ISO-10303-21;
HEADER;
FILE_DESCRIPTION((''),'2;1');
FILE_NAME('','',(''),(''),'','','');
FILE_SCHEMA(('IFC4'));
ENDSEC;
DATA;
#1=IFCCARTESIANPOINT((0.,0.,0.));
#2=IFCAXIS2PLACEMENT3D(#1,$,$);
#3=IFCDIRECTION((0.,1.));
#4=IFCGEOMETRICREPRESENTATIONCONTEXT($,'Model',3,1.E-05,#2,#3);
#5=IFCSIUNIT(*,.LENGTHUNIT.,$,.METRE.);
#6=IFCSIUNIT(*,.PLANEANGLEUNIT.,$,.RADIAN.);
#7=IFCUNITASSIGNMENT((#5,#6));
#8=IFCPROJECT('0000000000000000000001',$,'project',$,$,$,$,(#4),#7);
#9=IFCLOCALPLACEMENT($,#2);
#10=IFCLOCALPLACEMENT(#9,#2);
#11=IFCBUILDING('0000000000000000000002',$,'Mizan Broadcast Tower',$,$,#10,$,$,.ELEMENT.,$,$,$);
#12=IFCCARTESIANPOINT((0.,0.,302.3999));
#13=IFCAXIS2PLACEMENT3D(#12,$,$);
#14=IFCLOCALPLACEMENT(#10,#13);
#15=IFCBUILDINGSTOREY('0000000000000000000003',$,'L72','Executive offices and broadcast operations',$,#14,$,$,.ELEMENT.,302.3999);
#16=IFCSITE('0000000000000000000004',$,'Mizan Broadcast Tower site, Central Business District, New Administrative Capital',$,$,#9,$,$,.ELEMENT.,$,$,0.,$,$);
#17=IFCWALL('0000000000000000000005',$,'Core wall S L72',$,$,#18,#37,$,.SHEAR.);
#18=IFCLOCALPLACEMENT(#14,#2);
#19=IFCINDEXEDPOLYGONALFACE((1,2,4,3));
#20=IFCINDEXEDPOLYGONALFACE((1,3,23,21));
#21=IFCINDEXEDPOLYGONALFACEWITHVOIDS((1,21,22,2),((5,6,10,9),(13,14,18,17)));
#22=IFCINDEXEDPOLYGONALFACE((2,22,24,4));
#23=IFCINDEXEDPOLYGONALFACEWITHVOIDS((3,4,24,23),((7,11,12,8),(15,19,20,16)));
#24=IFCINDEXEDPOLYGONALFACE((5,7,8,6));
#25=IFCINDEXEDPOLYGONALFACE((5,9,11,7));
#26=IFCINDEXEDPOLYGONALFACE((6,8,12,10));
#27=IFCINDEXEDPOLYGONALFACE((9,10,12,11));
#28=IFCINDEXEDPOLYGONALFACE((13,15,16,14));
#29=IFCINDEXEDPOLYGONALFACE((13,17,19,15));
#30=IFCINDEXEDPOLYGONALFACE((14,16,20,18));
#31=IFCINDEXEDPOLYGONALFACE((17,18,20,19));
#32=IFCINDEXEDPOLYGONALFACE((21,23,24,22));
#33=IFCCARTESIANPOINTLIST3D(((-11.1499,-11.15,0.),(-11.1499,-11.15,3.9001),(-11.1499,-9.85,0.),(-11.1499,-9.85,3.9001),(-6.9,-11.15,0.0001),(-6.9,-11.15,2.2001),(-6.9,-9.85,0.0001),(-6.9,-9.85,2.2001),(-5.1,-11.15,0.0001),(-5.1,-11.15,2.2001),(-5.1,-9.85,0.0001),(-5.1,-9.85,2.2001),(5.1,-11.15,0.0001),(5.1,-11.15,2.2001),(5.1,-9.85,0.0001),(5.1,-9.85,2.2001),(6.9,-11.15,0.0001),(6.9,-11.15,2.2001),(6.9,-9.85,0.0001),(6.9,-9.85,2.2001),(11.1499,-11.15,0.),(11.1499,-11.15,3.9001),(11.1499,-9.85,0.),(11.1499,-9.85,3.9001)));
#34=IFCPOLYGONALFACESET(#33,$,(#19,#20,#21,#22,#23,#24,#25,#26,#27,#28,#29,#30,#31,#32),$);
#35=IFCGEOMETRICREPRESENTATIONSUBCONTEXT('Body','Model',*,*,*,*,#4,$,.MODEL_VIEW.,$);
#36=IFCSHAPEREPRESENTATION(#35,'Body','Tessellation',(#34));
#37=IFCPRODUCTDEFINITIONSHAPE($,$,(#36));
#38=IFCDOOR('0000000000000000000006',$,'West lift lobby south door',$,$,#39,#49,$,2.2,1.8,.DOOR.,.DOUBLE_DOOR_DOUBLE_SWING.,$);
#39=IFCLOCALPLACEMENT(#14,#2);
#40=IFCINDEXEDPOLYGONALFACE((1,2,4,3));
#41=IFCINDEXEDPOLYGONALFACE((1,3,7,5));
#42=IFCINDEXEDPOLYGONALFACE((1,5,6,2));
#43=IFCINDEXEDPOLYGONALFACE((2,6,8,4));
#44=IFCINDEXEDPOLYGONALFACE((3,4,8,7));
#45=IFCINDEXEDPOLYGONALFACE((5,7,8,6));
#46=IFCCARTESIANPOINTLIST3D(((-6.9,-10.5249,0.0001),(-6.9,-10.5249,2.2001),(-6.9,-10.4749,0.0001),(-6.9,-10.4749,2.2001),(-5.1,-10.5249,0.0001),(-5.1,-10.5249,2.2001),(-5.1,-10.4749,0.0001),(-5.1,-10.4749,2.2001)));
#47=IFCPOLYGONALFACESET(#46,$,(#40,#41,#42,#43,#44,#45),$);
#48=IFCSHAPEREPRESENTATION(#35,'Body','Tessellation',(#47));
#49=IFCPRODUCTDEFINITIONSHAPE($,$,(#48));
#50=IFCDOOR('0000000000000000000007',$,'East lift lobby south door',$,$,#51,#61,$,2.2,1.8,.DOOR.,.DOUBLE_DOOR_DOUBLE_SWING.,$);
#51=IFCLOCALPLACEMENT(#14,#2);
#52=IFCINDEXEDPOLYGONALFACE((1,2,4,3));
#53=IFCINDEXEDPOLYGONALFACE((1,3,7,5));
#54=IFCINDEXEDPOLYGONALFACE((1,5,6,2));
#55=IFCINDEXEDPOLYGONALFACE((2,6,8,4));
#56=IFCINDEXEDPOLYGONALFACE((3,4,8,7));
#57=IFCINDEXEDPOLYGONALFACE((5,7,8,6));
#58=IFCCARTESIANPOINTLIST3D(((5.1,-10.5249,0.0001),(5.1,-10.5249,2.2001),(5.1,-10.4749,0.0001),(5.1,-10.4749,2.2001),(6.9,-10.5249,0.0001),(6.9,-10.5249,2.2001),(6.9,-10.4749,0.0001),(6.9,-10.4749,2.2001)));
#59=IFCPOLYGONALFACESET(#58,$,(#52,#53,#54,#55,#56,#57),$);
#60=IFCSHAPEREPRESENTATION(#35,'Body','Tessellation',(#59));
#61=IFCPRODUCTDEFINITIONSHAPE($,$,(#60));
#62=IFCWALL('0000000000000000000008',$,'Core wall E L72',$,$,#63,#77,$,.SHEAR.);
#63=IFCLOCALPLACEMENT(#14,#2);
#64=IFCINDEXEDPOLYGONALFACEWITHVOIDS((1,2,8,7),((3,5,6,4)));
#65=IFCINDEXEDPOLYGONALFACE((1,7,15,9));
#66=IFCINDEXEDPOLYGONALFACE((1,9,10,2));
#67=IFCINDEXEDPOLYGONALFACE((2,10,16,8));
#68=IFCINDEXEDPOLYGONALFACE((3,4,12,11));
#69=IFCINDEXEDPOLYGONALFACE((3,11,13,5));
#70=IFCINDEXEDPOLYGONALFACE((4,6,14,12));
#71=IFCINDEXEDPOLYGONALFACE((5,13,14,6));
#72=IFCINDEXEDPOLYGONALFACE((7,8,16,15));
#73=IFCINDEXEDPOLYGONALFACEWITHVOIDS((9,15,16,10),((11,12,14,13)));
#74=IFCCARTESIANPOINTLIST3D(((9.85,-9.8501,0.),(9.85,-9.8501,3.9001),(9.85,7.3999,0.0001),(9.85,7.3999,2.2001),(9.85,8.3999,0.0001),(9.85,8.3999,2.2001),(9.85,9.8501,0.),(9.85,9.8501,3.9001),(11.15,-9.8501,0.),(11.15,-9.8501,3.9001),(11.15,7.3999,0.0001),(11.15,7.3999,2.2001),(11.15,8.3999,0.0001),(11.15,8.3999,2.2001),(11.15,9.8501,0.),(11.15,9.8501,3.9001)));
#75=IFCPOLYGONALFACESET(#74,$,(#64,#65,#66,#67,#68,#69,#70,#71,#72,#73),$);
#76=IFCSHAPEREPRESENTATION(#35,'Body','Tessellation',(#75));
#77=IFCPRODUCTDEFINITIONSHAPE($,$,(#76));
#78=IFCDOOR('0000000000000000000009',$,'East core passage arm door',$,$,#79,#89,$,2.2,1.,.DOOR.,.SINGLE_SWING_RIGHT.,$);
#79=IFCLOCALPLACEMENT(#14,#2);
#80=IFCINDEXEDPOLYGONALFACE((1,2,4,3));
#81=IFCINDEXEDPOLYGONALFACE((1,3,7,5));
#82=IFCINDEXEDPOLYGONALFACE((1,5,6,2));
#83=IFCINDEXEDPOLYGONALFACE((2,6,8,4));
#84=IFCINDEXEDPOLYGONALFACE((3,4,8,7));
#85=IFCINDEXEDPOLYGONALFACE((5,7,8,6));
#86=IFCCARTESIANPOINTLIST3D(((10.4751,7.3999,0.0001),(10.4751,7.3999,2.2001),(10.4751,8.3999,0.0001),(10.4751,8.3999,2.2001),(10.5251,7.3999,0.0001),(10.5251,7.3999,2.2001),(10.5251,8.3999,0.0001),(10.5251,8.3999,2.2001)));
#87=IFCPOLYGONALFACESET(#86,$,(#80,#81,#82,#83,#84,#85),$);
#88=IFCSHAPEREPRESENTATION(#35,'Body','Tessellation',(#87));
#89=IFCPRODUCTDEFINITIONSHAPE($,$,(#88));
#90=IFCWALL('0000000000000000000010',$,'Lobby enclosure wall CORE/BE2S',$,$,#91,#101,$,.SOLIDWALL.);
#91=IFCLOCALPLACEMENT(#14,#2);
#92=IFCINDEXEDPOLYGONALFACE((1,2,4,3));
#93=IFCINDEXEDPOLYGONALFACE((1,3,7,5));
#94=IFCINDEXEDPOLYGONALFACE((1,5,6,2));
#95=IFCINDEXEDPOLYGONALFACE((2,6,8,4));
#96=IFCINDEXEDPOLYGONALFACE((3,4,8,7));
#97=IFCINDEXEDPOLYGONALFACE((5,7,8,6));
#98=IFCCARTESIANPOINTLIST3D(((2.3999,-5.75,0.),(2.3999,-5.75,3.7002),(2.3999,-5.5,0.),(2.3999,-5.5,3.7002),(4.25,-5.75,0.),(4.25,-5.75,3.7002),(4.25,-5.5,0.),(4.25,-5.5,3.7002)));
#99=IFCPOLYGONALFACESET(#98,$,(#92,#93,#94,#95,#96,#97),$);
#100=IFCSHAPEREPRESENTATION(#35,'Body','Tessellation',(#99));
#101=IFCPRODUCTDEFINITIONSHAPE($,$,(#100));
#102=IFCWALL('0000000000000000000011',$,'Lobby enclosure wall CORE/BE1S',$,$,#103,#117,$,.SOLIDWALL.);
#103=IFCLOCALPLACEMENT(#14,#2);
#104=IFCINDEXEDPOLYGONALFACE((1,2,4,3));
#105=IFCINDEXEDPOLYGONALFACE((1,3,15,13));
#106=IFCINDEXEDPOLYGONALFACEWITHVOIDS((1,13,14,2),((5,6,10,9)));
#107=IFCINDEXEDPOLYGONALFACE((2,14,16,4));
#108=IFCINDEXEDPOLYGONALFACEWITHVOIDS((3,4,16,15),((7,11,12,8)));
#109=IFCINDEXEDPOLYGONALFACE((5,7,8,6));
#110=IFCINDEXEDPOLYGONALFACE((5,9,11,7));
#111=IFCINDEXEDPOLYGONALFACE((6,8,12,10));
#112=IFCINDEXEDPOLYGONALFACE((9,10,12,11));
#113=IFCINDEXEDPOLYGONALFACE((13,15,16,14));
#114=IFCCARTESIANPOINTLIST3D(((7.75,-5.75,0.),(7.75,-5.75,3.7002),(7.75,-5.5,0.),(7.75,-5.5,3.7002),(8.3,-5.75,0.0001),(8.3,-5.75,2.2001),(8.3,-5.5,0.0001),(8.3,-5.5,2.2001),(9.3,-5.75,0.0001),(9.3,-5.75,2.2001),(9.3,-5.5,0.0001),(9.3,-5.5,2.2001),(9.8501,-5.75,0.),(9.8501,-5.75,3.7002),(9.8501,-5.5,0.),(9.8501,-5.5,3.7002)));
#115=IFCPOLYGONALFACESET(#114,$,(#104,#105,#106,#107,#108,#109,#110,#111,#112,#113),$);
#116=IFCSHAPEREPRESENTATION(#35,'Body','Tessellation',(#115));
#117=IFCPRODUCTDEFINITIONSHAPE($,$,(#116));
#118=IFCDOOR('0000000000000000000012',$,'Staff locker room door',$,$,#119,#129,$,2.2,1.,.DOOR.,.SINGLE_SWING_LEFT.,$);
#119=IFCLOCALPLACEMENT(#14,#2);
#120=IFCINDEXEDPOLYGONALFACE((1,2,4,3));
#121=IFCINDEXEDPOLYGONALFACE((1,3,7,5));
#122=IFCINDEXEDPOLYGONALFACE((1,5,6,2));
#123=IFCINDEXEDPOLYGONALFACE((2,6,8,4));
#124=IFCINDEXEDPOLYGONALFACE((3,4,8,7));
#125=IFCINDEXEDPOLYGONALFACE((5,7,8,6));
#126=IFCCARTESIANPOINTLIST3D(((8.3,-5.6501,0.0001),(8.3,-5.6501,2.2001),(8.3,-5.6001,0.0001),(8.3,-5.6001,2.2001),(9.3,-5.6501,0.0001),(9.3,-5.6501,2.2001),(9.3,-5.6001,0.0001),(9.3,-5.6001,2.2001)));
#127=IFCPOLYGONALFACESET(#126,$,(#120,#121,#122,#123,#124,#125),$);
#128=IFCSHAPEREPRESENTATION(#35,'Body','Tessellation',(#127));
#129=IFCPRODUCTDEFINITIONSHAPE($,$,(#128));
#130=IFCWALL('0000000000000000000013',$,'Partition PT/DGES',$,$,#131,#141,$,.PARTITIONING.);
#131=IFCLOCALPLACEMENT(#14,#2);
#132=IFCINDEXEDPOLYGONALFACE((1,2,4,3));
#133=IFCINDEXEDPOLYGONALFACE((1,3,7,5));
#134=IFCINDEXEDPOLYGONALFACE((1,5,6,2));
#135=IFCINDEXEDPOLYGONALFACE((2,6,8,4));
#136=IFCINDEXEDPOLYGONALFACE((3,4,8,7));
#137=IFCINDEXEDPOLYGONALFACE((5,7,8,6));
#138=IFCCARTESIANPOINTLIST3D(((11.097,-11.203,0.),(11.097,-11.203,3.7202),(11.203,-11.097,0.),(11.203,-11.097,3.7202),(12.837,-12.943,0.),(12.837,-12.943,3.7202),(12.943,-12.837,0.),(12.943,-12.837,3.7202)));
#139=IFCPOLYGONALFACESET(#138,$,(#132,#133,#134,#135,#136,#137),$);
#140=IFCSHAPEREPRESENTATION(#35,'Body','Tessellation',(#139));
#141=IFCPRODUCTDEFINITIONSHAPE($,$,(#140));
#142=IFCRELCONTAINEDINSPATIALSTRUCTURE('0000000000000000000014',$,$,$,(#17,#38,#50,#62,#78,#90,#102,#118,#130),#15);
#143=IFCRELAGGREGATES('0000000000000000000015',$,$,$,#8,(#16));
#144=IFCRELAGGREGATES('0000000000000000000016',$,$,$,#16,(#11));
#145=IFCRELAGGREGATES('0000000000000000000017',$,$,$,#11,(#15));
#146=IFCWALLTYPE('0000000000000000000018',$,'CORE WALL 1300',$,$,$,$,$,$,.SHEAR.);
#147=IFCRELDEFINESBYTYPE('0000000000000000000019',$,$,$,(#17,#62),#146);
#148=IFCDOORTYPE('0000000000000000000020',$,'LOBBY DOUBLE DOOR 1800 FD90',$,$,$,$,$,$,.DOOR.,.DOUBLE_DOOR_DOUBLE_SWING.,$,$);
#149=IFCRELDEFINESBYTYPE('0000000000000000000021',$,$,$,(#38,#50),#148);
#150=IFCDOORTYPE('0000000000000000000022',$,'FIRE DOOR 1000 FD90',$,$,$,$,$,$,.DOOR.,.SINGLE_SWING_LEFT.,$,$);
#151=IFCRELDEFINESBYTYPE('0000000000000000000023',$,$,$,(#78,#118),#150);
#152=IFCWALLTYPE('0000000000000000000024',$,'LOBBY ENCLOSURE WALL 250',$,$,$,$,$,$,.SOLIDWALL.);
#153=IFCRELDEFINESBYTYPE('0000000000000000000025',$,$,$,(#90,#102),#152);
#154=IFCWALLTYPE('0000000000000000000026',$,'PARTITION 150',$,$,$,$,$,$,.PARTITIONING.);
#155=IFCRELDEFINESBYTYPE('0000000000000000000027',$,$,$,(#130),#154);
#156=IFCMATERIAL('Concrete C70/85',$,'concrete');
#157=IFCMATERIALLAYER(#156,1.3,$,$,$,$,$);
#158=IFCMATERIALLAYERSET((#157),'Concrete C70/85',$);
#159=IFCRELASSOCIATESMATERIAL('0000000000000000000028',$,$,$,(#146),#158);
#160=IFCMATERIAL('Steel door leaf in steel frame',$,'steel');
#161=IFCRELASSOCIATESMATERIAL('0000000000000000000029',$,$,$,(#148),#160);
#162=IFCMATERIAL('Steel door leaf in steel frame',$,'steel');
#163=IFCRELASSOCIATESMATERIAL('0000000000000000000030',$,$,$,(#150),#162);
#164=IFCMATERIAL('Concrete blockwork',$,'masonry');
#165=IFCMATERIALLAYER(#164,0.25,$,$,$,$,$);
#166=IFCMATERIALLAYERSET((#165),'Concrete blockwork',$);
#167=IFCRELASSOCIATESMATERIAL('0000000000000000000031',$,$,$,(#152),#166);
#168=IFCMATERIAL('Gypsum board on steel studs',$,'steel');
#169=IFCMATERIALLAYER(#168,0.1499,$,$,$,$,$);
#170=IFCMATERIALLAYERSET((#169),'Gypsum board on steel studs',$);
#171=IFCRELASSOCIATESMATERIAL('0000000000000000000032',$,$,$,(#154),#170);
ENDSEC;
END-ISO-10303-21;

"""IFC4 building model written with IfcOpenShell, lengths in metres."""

from ifc_helpers import new_model, si_unit, direction, frame, frame_2d, origin, place, context, subcontext, project, spatial, rectangle, extrude, material, layer, layer_set, type_object, element, fill, save


model = new_model("IFC4")

# Units and contexts
model_context = context("Model", 3, precision=1e-05, world=origin(), true_north=direction((0.0, 1.0)))
body_context = subcontext(model_context, "Body", "Model", "MODEL_VIEW")
ifc_project = project(units=[si_unit("LENGTHUNIT", "METRE"), si_unit("PLANEANGLEUNIT", "RADIAN")], contexts=[model_context])

# Site, building, storey
site_placement = place(None, origin())
site = spatial("IfcSite", under=ifc_project, at=site_placement, Name="Mizan Broadcast Tower site, Central Business District, New Administrative Capital", CompositionType="ELEMENT", RefElevation=0.0)
building_placement = place(site_placement, origin())
building = spatial("IfcBuilding", under=site, at=building_placement, Name="Mizan Broadcast Tower", CompositionType="ELEMENT")
storey_placement = place(building_placement, frame((0.0, 0.0, 302.3999)))
storey = spatial("IfcBuildingStorey", under=building, at=storey_placement, Name="L72", Description="Executive offices and broadcast operations", CompositionType="ELEMENT", Elevation=302.3999)

# Wall, openings, doors
ifc_material_1 = material(Name="Concrete C70/85", Category="concrete")
ifc_layer_1 = layer(ifc_material_1, 1.3)
ifc_layer_set_1 = layer_set([ifc_layer_1], Name="Concrete C70/85")
wall_type_1 = type_object("IfcWallType", Name="CORE WALL 1300", PredefinedType="SHEAR", material=ifc_layer_set_1)
wall_1_placement = place(storey_placement, frame((11.1499, -10.5, 0.0), z_axis=(0.0, 0.0, 1.0), x_axis=(-1.0, 0.0, 0.0)))
wall_1 = element("IfcWall", 1, at=wall_1_placement, inside=storey, type_object=wall_type_1, Name="Core wall S L72", PredefinedType="SHEAR", context=body_context, shape_type="SweptSolid", body=[
    extrude(rectangle(XDim=22.2998, YDim=1.3, at=frame_2d((11.1499, 0.0))), origin(), (0.0, 0.0, 1.0), 3.9001),
])
opening_1_placement = place(wall_1_placement, frame((16.25, 0.0, 0.0)))
opening_1 = element("IfcOpeningElement", 2, at=opening_1_placement, cuts=wall_1, PredefinedType="OPENING", context=body_context, shape_type="SweptSolid", body=[
    extrude(rectangle(XDim=1.8, YDim=2.2, at=frame_2d((0.8999, 1.1001))), frame((0.0, 0.6599, 0.0), z_axis=(0.0, -1.0, 0.0), x_axis=(1.0, 0.0, 0.0)), (0.0, 0.0, 1.0), 1.3201),
])
opening_2_placement = place(wall_1_placement, frame((4.25, 0.0, 0.0)))
opening_2 = element("IfcOpeningElement", 3, at=opening_2_placement, cuts=wall_1, PredefinedType="OPENING", context=body_context, shape_type="SweptSolid", body=[
    extrude(rectangle(XDim=1.8, YDim=2.2, at=frame_2d((0.8999, 1.1001))), frame((0.0, 0.6599, 0.0), z_axis=(0.0, -1.0, 0.0), x_axis=(1.0, 0.0, 0.0)), (0.0, 0.0, 1.0), 1.3201),
])
ifc_material_2 = material(Name="Steel door leaf in steel frame", Category="steel")
door_type_1 = type_object("IfcDoorType", Name="LOBBY DOUBLE DOOR 1800 FD90", OperationType="DOUBLE_DOOR_DOUBLE_SWING", PredefinedType="DOOR", material=ifc_material_2)
door_1_placement = place(opening_1_placement, origin())
door_1 = element("IfcDoor", 4, at=door_1_placement, inside=storey, type_object=door_type_1, Name="West lift lobby south door", OperationType="DOUBLE_DOOR_DOUBLE_SWING", OverallHeight=2.2, OverallWidth=1.8, PredefinedType="DOOR", context=body_context, shape_type="SweptSolid", body=[
    extrude(rectangle(XDim=1.8, YDim=2.2, at=frame_2d((0.8999, 1.1001))), frame((0.0, 0.0249, 0.0), z_axis=(0.0, -1.0, 0.0), x_axis=(1.0, 0.0, 0.0)), (0.0, 0.0, 1.0), 0.05),
])
fill(opening_1, door_1)
door_2_placement = place(opening_2_placement, origin())
door_2 = element("IfcDoor", 5, at=door_2_placement, inside=storey, type_object=door_type_1, Name="East lift lobby south door", OperationType="DOUBLE_DOOR_DOUBLE_SWING", OverallHeight=2.2, OverallWidth=1.8, PredefinedType="DOOR", context=body_context, shape_type="SweptSolid", body=[
    extrude(rectangle(XDim=1.8, YDim=2.2, at=frame_2d((0.8999, 1.1001))), frame((0.0, 0.0249, 0.0), z_axis=(0.0, -1.0, 0.0), x_axis=(1.0, 0.0, 0.0)), (0.0, 0.0, 1.0), 0.05),
])
fill(opening_2, door_2)

# Wall, opening, door
wall_2_placement = place(storey_placement, frame((10.5, -9.8501, 0.0), z_axis=(0.0, 0.0, 1.0), x_axis=(0.0, 1.0, 0.0)))
wall_2 = element("IfcWall", 6, at=wall_2_placement, inside=storey, type_object=wall_type_1, Name="Core wall E L72", PredefinedType="SHEAR", context=body_context, shape_type="SweptSolid", body=[
    extrude(rectangle(XDim=19.7002, YDim=1.3, at=frame_2d((9.8501, 0.0))), origin(), (0.0, 0.0, 1.0), 3.9001),
])
opening_3_placement = place(wall_2_placement, frame((17.25, 0.0, 0.0)))
opening_3 = element("IfcOpeningElement", 7, at=opening_3_placement, cuts=wall_2, PredefinedType="OPENING", context=body_context, shape_type="SweptSolid", body=[
    extrude(rectangle(XDim=1.0, YDim=2.2, at=frame_2d((0.5, 1.1001))), frame((0.0, 0.6599, 0.0), z_axis=(0.0, -1.0, 0.0), x_axis=(1.0, 0.0, 0.0)), (0.0, 0.0, 1.0), 1.3201),
])
ifc_material_3 = material(Name="Steel door leaf in steel frame", Category="steel")
door_type_2 = type_object("IfcDoorType", Name="FIRE DOOR 1000 FD90", OperationType="SINGLE_SWING_LEFT", PredefinedType="DOOR", material=ifc_material_3)
door_3_placement = place(opening_3_placement, origin())
door_3 = element("IfcDoor", 8, at=door_3_placement, inside=storey, type_object=door_type_2, Name="East core passage arm door", OperationType="SINGLE_SWING_RIGHT", OverallHeight=2.2, OverallWidth=1.0, PredefinedType="DOOR", context=body_context, shape_type="SweptSolid", body=[
    extrude(rectangle(XDim=1.0, YDim=2.2, at=frame_2d((0.5, 1.1001))), frame((0.0, 0.0249, 0.0), z_axis=(0.0, -1.0, 0.0), x_axis=(1.0, 0.0, 0.0)), (0.0, 0.0, 1.0), 0.05),
])
fill(opening_3, door_3)

# Wall
ifc_material_4 = material(Name="Concrete blockwork", Category="masonry")
ifc_layer_2 = layer(ifc_material_4, 0.25)
ifc_layer_set_2 = layer_set([ifc_layer_2], Name="Concrete blockwork")
wall_type_2 = type_object("IfcWallType", Name="LOBBY ENCLOSURE WALL 250", PredefinedType="SOLIDWALL", material=ifc_layer_set_2)
wall_3_placement = place(storey_placement, frame((2.3999, -5.625, 0.0), z_axis=(0.0, 0.0, 1.0), x_axis=(1.0, 0.0, 0.0)))
element("IfcWall", 9, at=wall_3_placement, inside=storey, type_object=wall_type_2, Name="Lobby enclosure wall CORE/BE2S", PredefinedType="SOLIDWALL", context=body_context, shape_type="SweptSolid", body=[
    extrude(rectangle(XDim=1.8501, YDim=0.25, at=frame_2d((0.925, 0.0))), origin(), (0.0, 0.0, 1.0), 3.7002),
])

# Wall, opening, door
wall_4_placement = place(storey_placement, frame((7.75, -5.625, 0.0), z_axis=(0.0, 0.0, 1.0), x_axis=(1.0, 0.0, 0.0)))
wall_4 = element("IfcWall", 10, at=wall_4_placement, inside=storey, type_object=wall_type_2, Name="Lobby enclosure wall CORE/BE1S", PredefinedType="SOLIDWALL", context=body_context, shape_type="SweptSolid", body=[
    extrude(rectangle(XDim=2.1001, YDim=0.25, at=frame_2d((1.05, 0.0))), origin(), (0.0, 0.0, 1.0), 3.7002),
])
opening_4_placement = place(wall_4_placement, frame((0.55, 0.0, 0.0)))
opening_4 = element("IfcOpeningElement", 11, at=opening_4_placement, cuts=wall_4, PredefinedType="OPENING", context=body_context, shape_type="SweptSolid", body=[
    extrude(rectangle(XDim=1.0, YDim=2.2, at=frame_2d((0.5, 1.1001))), frame((0.0, 0.135, 0.0), z_axis=(0.0, -1.0, 0.0), x_axis=(1.0, 0.0, 0.0)), (0.0, 0.0, 1.0), 0.27),
])
door_4_placement = place(opening_4_placement, origin())
door_4 = element("IfcDoor", 12, at=door_4_placement, inside=storey, type_object=door_type_2, Name="Staff locker room door", OperationType="SINGLE_SWING_LEFT", OverallHeight=2.2, OverallWidth=1.0, PredefinedType="DOOR", context=body_context, shape_type="SweptSolid", body=[
    extrude(rectangle(XDim=1.0, YDim=2.2, at=frame_2d((0.5, 1.1001))), frame((0.0, 0.0249, 0.0), z_axis=(0.0, -1.0, 0.0), x_axis=(1.0, 0.0, 0.0)), (0.0, 0.0, 1.0), 0.05),
])
fill(opening_4, door_4)

# Wall
ifc_material_5 = material(Name="Gypsum board on steel studs", Category="steel")
ifc_layer_3 = layer(ifc_material_5, 0.1499)
ifc_layer_set_3 = layer_set([ifc_layer_3], Name="Gypsum board on steel studs")
wall_type_3 = type_object("IfcWallType", Name="PARTITION 150", PredefinedType="PARTITIONING", material=ifc_layer_set_3)
wall_5_placement = place(storey_placement, frame((11.1499, -11.1499, 0.0), z_axis=(0.0, 0.0, 1.0), x_axis=(0.707107, -0.707107, 0.0)))
element("IfcWall", 13, at=wall_5_placement, inside=storey, type_object=wall_type_3, Name="Partition PT/DGES", PredefinedType="PARTITIONING", context=body_context, shape_type="SweptSolid", body=[
    extrude(rectangle(XDim=2.4607, YDim=0.1499, at=frame_2d((1.2305, 0.0))), origin(), (0.0, 0.0, 1.0), 3.7202),
])

save(model, "model.ifc")
